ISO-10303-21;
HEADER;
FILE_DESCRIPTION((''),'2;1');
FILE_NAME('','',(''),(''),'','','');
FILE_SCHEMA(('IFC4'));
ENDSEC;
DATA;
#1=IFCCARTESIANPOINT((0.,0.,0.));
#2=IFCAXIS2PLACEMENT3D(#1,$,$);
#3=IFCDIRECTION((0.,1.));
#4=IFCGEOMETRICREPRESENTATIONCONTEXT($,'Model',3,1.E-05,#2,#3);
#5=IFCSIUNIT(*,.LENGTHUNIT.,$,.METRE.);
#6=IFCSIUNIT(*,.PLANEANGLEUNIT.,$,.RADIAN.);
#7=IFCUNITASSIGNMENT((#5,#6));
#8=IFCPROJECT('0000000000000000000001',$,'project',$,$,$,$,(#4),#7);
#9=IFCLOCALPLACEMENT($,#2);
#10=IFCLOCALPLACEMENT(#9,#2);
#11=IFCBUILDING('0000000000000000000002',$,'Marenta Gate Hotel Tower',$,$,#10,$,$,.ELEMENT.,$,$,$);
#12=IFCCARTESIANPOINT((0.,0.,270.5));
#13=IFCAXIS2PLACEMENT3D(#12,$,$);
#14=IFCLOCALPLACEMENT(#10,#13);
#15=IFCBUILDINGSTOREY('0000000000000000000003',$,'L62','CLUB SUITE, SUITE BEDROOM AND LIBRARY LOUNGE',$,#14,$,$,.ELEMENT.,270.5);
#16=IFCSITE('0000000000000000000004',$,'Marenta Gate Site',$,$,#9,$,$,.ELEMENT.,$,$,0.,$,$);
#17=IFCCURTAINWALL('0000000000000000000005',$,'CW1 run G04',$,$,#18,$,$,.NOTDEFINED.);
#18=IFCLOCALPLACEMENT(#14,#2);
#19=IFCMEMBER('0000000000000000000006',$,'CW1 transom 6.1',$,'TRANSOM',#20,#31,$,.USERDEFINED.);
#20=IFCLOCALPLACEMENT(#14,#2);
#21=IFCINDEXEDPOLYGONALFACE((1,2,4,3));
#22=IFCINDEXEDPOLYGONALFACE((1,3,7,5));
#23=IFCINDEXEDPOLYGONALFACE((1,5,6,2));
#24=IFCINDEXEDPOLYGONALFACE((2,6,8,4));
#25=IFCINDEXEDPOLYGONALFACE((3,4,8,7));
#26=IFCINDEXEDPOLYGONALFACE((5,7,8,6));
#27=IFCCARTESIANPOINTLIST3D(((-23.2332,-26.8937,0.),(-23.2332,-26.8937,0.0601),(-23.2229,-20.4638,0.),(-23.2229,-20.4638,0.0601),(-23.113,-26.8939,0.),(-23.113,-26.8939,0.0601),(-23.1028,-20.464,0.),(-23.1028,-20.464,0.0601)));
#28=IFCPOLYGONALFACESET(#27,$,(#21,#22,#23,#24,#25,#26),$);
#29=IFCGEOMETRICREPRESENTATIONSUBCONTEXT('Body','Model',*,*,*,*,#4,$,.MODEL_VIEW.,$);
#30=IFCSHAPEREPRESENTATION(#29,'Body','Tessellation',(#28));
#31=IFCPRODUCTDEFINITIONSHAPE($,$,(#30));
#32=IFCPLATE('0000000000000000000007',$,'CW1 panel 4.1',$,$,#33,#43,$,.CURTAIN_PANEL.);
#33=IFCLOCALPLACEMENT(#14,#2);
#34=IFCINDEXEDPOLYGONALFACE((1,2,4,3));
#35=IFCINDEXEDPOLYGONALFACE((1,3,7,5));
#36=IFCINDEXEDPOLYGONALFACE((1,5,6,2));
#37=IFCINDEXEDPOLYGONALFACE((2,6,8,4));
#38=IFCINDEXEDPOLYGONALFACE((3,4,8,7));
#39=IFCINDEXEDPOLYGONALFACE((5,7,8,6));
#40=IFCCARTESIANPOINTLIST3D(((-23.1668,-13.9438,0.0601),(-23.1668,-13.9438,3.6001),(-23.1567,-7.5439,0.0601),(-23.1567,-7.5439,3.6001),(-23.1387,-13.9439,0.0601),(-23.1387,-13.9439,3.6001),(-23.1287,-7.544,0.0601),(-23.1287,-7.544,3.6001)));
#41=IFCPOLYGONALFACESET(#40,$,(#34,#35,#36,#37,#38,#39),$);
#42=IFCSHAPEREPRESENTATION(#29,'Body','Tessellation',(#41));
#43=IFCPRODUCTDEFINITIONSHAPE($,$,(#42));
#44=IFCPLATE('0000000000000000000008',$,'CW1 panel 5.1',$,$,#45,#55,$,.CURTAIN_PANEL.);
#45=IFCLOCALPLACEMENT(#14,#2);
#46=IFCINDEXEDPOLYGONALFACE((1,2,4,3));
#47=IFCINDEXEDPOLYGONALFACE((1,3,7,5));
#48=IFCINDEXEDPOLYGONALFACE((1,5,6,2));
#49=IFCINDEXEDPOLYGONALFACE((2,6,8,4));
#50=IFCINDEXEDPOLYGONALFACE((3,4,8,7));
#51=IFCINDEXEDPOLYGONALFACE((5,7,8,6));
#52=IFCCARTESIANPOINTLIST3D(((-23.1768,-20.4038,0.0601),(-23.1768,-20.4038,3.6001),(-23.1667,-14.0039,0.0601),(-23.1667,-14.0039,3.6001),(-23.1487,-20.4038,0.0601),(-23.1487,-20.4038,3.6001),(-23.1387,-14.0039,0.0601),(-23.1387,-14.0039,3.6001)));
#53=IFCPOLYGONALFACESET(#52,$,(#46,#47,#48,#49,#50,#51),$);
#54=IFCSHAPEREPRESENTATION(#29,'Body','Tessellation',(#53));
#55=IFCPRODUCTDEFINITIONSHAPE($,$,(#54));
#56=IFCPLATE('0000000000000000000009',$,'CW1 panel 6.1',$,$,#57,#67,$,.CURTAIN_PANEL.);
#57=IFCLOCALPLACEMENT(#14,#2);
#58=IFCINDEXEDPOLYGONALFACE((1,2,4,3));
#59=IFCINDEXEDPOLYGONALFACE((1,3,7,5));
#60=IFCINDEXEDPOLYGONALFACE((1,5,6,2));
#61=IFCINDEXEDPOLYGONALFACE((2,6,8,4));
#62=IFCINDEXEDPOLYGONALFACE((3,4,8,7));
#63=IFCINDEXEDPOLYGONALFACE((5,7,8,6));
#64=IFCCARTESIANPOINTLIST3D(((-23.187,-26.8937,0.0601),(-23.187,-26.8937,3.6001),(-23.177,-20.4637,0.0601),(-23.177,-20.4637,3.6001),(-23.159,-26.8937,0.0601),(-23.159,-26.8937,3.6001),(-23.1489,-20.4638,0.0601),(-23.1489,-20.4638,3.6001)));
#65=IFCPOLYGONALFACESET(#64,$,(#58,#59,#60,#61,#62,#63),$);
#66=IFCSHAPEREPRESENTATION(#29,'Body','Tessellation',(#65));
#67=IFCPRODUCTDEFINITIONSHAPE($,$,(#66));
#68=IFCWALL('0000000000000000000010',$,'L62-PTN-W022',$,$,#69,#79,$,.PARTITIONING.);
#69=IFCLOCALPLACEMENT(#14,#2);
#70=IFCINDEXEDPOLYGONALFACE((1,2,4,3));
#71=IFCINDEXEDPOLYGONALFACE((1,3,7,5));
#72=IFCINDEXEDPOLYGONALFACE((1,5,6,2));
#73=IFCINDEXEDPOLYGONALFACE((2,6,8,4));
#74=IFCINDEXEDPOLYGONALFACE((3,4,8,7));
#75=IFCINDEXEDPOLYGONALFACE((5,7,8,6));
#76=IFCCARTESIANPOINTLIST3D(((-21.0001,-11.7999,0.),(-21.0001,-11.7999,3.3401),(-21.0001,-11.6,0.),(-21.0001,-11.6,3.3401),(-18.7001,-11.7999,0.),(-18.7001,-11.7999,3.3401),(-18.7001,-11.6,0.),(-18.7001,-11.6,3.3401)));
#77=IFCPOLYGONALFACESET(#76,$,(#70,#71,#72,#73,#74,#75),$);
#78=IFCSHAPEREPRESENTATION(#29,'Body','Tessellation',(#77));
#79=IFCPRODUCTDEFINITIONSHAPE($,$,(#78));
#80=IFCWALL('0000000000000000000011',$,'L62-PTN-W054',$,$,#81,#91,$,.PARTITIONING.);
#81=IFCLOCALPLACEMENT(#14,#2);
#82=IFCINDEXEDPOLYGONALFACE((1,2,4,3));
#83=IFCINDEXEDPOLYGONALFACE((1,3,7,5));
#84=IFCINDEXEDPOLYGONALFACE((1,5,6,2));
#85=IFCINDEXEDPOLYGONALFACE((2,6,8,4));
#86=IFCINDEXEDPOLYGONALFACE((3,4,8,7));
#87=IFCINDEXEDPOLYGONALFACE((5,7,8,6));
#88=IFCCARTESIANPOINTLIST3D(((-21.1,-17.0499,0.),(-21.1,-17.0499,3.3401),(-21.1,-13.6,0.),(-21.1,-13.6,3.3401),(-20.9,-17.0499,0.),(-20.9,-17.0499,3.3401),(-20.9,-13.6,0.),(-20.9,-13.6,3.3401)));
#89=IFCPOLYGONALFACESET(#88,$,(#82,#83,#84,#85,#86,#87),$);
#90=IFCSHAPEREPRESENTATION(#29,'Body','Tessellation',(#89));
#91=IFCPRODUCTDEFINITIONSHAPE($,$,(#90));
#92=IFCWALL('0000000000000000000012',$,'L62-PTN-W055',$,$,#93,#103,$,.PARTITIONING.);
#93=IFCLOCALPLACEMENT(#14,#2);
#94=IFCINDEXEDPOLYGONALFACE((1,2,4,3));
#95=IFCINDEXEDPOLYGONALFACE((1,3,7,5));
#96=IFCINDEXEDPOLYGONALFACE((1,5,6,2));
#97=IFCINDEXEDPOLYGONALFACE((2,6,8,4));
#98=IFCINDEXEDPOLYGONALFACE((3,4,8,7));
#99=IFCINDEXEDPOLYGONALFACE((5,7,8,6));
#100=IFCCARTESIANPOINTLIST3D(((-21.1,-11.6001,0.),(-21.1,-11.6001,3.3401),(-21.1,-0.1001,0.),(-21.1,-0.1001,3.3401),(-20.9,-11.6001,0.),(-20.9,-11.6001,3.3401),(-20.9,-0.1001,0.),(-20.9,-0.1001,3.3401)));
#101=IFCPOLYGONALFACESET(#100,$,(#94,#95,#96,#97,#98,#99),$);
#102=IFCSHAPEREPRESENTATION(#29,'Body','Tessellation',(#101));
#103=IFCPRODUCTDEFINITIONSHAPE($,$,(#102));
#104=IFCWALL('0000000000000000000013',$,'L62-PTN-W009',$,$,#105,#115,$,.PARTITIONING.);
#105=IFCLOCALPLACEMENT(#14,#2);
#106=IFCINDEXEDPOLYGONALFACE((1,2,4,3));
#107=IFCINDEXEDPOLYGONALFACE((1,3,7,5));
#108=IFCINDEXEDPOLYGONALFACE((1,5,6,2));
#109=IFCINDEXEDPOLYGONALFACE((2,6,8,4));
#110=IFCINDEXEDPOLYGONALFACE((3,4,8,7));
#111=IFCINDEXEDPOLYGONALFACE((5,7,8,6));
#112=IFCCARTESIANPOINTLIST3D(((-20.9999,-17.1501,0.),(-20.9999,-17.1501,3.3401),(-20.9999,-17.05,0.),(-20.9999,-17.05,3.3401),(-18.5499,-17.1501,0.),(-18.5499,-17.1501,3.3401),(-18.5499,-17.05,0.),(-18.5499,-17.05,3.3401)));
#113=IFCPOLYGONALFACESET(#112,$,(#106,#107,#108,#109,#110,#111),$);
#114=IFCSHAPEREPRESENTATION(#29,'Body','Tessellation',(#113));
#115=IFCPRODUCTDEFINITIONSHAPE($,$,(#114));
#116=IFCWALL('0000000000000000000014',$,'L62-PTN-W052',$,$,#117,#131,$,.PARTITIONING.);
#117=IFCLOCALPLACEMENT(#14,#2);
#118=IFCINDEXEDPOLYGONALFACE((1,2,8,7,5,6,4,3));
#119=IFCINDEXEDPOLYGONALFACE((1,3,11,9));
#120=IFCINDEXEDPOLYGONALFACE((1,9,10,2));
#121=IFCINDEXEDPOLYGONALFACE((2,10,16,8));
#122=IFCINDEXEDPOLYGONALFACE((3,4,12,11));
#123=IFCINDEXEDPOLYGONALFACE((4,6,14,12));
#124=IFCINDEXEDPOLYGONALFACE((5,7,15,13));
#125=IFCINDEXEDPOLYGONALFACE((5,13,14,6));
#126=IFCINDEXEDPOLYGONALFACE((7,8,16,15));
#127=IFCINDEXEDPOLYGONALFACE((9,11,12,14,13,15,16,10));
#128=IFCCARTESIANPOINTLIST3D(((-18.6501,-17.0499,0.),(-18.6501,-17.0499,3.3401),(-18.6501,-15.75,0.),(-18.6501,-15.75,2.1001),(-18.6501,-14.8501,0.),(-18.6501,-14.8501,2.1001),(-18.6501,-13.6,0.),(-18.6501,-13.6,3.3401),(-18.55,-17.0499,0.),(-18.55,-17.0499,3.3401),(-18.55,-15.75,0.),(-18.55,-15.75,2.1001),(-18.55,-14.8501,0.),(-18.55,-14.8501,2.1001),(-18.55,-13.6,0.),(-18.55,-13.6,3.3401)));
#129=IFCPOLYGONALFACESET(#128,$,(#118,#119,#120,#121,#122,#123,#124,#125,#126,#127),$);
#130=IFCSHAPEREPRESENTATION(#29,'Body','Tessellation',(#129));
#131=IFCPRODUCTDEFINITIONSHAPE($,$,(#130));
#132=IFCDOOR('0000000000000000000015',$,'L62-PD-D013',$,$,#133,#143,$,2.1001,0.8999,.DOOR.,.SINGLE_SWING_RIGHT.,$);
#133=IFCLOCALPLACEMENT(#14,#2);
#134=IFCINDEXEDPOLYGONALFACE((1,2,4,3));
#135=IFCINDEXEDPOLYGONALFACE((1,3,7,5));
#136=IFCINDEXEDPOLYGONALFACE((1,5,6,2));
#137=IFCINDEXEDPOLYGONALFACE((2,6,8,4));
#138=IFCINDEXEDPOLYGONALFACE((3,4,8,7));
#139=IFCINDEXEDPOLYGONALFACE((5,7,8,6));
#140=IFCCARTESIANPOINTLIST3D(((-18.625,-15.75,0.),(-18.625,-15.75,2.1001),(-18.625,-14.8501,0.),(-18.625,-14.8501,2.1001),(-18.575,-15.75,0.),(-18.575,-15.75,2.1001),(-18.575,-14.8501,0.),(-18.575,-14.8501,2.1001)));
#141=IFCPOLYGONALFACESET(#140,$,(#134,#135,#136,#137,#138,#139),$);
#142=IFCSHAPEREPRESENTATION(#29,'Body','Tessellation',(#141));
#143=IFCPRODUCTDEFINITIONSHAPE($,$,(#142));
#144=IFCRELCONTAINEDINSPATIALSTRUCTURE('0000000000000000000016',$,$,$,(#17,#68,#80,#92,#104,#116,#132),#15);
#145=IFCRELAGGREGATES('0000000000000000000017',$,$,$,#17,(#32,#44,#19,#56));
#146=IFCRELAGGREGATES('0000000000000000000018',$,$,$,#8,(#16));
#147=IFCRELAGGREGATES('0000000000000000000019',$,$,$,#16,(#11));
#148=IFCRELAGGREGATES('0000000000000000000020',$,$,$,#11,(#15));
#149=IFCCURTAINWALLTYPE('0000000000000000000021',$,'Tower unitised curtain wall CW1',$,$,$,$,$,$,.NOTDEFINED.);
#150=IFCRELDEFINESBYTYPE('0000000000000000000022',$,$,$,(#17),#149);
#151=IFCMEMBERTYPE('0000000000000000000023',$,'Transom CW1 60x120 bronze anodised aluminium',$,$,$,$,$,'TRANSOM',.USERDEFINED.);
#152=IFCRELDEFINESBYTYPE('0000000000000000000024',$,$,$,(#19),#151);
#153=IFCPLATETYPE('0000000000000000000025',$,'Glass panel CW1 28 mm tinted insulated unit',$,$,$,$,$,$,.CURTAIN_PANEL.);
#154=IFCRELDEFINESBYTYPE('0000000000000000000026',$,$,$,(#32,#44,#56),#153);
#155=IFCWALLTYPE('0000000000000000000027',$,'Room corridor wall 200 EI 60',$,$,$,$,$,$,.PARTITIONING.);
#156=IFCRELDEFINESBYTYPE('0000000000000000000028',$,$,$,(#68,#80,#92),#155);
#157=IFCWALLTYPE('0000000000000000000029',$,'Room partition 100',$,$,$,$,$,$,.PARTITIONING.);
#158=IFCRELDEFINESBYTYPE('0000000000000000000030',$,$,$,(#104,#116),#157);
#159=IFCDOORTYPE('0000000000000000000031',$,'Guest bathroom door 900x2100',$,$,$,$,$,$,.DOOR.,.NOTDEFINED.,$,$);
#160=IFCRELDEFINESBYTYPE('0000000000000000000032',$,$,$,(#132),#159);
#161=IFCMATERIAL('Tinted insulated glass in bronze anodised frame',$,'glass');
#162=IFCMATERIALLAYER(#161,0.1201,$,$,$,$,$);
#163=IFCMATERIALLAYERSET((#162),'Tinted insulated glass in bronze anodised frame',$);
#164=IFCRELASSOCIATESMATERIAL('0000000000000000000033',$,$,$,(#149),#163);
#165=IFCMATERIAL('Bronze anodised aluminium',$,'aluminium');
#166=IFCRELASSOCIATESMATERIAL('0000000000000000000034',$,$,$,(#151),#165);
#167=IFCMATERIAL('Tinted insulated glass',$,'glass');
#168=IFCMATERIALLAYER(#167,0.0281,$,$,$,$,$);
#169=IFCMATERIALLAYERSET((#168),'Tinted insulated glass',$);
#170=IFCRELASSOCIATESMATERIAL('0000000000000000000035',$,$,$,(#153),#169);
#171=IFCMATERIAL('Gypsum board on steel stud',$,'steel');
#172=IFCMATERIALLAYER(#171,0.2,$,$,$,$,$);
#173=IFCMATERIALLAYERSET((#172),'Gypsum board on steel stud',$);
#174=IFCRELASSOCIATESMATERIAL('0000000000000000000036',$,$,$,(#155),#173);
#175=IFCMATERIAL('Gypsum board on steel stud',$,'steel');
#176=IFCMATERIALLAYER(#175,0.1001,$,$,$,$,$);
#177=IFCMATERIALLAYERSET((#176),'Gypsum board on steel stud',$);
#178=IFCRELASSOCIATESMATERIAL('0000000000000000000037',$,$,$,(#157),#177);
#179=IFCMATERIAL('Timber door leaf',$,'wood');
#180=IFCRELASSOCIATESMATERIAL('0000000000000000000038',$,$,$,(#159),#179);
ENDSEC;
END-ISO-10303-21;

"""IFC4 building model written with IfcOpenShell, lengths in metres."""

from ifc_helpers import new_model, si_unit, direction, frame, frame_2d, origin, origin_2d, place, context, subcontext, project, spatial, rectangle, extrude, material, layer, layer_set, material_profile, profile_set, type_object, element, fill, aggregate, save


model = new_model("IFC4")

# Units and contexts
model_context = context("Model", 3, precision=1e-05, world=origin(), true_north=direction((0.0, 1.0)))
body_context = subcontext(model_context, "Body", "Model", "MODEL_VIEW")
ifc_project = project(units=[si_unit("LENGTHUNIT", "METRE"), si_unit("PLANEANGLEUNIT", "RADIAN")], contexts=[model_context])

# Site, building, storey
site_placement = place(None, origin())
site = spatial("IfcSite", under=ifc_project, at=site_placement, Name="Marenta Gate Site", CompositionType="ELEMENT", RefElevation=0.0)
building_placement = place(site_placement, origin())
building = spatial("IfcBuilding", under=site, at=building_placement, Name="Marenta Gate Hotel Tower", CompositionType="ELEMENT")
storey_placement = place(building_placement, frame((0.0, 0.0, 270.5)))
storey = spatial("IfcBuildingStorey", under=building, at=storey_placement, Name="L62", Description="CLUB SUITE, SUITE BEDROOM AND LIBRARY LOUNGE", CompositionType="ELEMENT", Elevation=270.5)

# Curtain wall, member, plates
ifc_material_1 = material(Name="Tinted insulated glass in bronze anodised frame", Category="glass")
ifc_layer_1 = layer(ifc_material_1, 0.1201)
ifc_layer_set_1 = layer_set([ifc_layer_1], Name="Tinted insulated glass in bronze anodised frame")
curtain_wall_type = type_object("IfcCurtainWallType", Name="Tower unitised curtain wall CW1", PredefinedType="NOTDEFINED", material=ifc_layer_set_1)
curtain_wall_placement = place(storey_placement, origin())
curtain_wall = element("IfcCurtainWall", 1, at=curtain_wall_placement, inside=storey, type_object=curtain_wall_type, Name="CW1 run G04", PredefinedType="NOTDEFINED")
ifc_material_2 = material(Name="Bronze anodised aluminium", Category="aluminium")
ifc_material_profile_1 = material_profile(ifc_material_2, rectangle(XDim=0.1201, YDim=0.0601, at=origin_2d()), Name="Transom CW1 60x120 bronze anodised aluminium")
ifc_profile_set_1 = profile_set([ifc_material_profile_1], Name="Bronze anodised aluminium")
member_type_1 = type_object("IfcMemberType", Name="Transom CW1 60x120 bronze anodised aluminium", ElementType="TRANSOM", PredefinedType="USERDEFINED", material=ifc_profile_set_1)
member_1_placement = place(storey_placement, frame((-23.1628, -20.4639, 0.03), z_axis=(-0.001595, -0.999999, 0.0), x_axis=(0.999999, -0.001595, 0.0)))
member_1 = element("IfcMember", 2, at=member_1_placement, type_object=member_type_1, Name="CW1 transom 6.1", ObjectType="TRANSOM", PredefinedType="USERDEFINED", context=body_context, shape_type="SweptSolid", body=[
    extrude(rectangle(XDim=0.1201, YDim=0.0601, at=origin_2d()), origin(), (0.0, 0.0, 1.0), 6.4299),
])
ifc_material_3 = material(Name="Tinted insulated glass", Category="glass")
ifc_layer_2 = layer(ifc_material_3, 0.0281)
ifc_layer_set_2 = layer_set([ifc_layer_2], Name="Tinted insulated glass")
plate_type = type_object("IfcPlateType", Name="Glass panel CW1 28 mm tinted insulated unit", PredefinedType="CURTAIN_PANEL", material=ifc_layer_set_2)
plate_1_placement = place(storey_placement, frame((-23.1477, -10.7439, 0.0601), z_axis=(0.0, 0.0, 1.0), x_axis=(-0.001566, -0.999999, 0.0)))
plate_1 = element("IfcPlate", 3, at=plate_1_placement, type_object=plate_type, Name="CW1 panel 4.1", PredefinedType="CURTAIN_PANEL", context=body_context, shape_type="SweptSolid", body=[
    extrude(rectangle(XDim=6.3999, YDim=0.0281, at=origin_2d()), origin(), (0.0, 0.0, 1.0), 3.54),
])
plate_2_placement = place(storey_placement, frame((-23.1577, -17.2039, 0.0601), z_axis=(0.0, 0.0, 1.0), x_axis=(-0.001566, -0.999999, 0.0)))
plate_2 = element("IfcPlate", 4, at=plate_2_placement, type_object=plate_type, Name="CW1 panel 5.1", PredefinedType="CURTAIN_PANEL", context=body_context, shape_type="SweptSolid", body=[
    extrude(rectangle(XDim=6.3999, YDim=0.0281, at=origin_2d()), origin(), (0.0, 0.0, 1.0), 3.54),
])
plate_3_placement = place(storey_placement, frame((-23.168, -23.6787, 0.0601), z_axis=(0.0, 0.0, 1.0), x_axis=(-0.001566, -0.999999, 0.0)))
plate_3 = element("IfcPlate", 5, at=plate_3_placement, type_object=plate_type, Name="CW1 panel 6.1", PredefinedType="CURTAIN_PANEL", context=body_context, shape_type="SweptSolid", body=[
    extrude(rectangle(XDim=6.4299, YDim=0.0281, at=origin_2d()), origin(), (0.0, 0.0, 1.0), 3.54),
])
aggregate(curtain_wall, [plate_1, plate_2, member_1, plate_3])

# Shared definitions
ifc_material_4 = material(Name="Gypsum board on steel stud", Category="steel")
ifc_layer_3 = layer(ifc_material_4, 0.2)
ifc_layer_set_3 = layer_set([ifc_layer_3], Name="Gypsum board on steel stud")
wall_type_1 = type_object("IfcWallType", Name="Room corridor wall 200 EI 60", PredefinedType="PARTITIONING", material=ifc_layer_set_3)

# Wall
wall_1_placement = place(storey_placement, frame((-21.0, -11.7, 0.0), z_axis=(0.0, 0.0, 1.0), x_axis=(1.0, 0.0, 0.0)))
element("IfcWall", 6, at=wall_1_placement, inside=storey, type_object=wall_type_1, Name="L62-PTN-W022", PredefinedType="PARTITIONING", context=body_context, shape_type="SweptSolid", body=[
    extrude(rectangle(XDim=2.3, YDim=0.2, at=frame_2d((1.1499, 0.0))), origin(), (0.0, 0.0, 1.0), 3.3401),
])

# Walls
wall_2_placement = place(storey_placement, frame((-21.0, -17.05, 0.0), z_axis=(0.0, 0.0, 1.0), x_axis=(0.0, 1.0, 0.0)))
element("IfcWall", 7, at=wall_2_placement, inside=storey, type_object=wall_type_1, Name="L62-PTN-W054", PredefinedType="PARTITIONING", context=body_context, shape_type="SweptSolid", body=[
    extrude(rectangle(XDim=3.45, YDim=0.2, at=frame_2d((1.7251, 0.0))), origin(), (0.0, 0.0, 1.0), 3.3401),
])
wall_3_placement = place(storey_placement, frame((-21.0, -11.6001, 0.0), z_axis=(0.0, 0.0, 1.0), x_axis=(0.0, 1.0, 0.0)))
element("IfcWall", 8, at=wall_3_placement, inside=storey, type_object=wall_type_1, Name="L62-PTN-W055", PredefinedType="PARTITIONING", context=body_context, shape_type="SweptSolid", body=[
    extrude(rectangle(XDim=11.5, YDim=0.2, at=frame_2d((5.75, 0.0))), origin(), (0.0, 0.0, 1.0), 3.3401),
])
ifc_material_5 = material(Name="Gypsum board on steel stud", Category="steel")
ifc_layer_4 = layer(ifc_material_5, 0.1001)
ifc_layer_set_4 = layer_set([ifc_layer_4], Name="Gypsum board on steel stud")
wall_type_2 = type_object("IfcWallType", Name="Room partition 100", PredefinedType="PARTITIONING", material=ifc_layer_set_4)
wall_4_placement = place(storey_placement, frame((-21.0, -17.1001, 0.0), z_axis=(0.0, 0.0, 1.0), x_axis=(1.0, 0.0, 0.0)))
element("IfcWall", 9, at=wall_4_placement, inside=storey, type_object=wall_type_2, Name="L62-PTN-W009", PredefinedType="PARTITIONING", context=body_context, shape_type="SweptSolid", body=[
    extrude(rectangle(XDim=2.45, YDim=0.1001, at=frame_2d((1.2251, 0.0))), origin(), (0.0, 0.0, 1.0), 3.3401),
])

# Wall, opening, door
wall_5_placement = place(storey_placement, frame((-18.6001, -17.05, 0.0), z_axis=(0.0, 0.0, 1.0), x_axis=(0.0, 1.0, 0.0)))
wall_5 = element("IfcWall", 10, at=wall_5_placement, inside=storey, type_object=wall_type_2, Name="L62-PTN-W052", PredefinedType="PARTITIONING", context=body_context, shape_type="SweptSolid", body=[
    extrude(rectangle(XDim=3.45, YDim=0.1001, at=frame_2d((1.7251, 0.0))), origin(), (0.0, 0.0, 1.0), 3.3401),
])
opening_1_placement = place(wall_5_placement, frame((1.3, 0.0, 0.0)))
opening_1 = element("IfcOpeningElement", 11, at=opening_1_placement, cuts=wall_5, PredefinedType="OPENING", context=body_context, shape_type="SweptSolid", body=[
    extrude(rectangle(XDim=0.8999, YDim=2.1001, at=frame_2d((0.45, 1.05))), frame((0.0, 0.05, 0.0), z_axis=(0.0, -1.0, 0.0), x_axis=(1.0, 0.0, 0.0)), (0.0, 0.0, 1.0), 0.1001),
])
ifc_material_6 = material(Name="Timber door leaf", Category="wood")
door_type_1 = type_object("IfcDoorType", Name="Guest bathroom door 900x2100", OperationType="NOTDEFINED", PredefinedType="DOOR", material=ifc_material_6)
door_1_placement = place(opening_1_placement, origin())
door_1 = element("IfcDoor", 12, at=door_1_placement, inside=storey, type_object=door_type_1, Name="L62-PD-D013", OperationType="SINGLE_SWING_RIGHT", OverallHeight=2.1001, OverallWidth=0.8999, PredefinedType="DOOR", context=body_context, shape_type="SweptSolid", body=[
    extrude(rectangle(XDim=0.8999, YDim=2.1001, at=frame_2d((0.45, 1.05))), frame((0.0, 0.0249, 0.0), z_axis=(0.0, -1.0, 0.0), x_axis=(1.0, 0.0, 0.0)), (0.0, 0.0, 1.0), 0.05),
])
fill(opening_1, door_1)

save(model, "model.ifc")
